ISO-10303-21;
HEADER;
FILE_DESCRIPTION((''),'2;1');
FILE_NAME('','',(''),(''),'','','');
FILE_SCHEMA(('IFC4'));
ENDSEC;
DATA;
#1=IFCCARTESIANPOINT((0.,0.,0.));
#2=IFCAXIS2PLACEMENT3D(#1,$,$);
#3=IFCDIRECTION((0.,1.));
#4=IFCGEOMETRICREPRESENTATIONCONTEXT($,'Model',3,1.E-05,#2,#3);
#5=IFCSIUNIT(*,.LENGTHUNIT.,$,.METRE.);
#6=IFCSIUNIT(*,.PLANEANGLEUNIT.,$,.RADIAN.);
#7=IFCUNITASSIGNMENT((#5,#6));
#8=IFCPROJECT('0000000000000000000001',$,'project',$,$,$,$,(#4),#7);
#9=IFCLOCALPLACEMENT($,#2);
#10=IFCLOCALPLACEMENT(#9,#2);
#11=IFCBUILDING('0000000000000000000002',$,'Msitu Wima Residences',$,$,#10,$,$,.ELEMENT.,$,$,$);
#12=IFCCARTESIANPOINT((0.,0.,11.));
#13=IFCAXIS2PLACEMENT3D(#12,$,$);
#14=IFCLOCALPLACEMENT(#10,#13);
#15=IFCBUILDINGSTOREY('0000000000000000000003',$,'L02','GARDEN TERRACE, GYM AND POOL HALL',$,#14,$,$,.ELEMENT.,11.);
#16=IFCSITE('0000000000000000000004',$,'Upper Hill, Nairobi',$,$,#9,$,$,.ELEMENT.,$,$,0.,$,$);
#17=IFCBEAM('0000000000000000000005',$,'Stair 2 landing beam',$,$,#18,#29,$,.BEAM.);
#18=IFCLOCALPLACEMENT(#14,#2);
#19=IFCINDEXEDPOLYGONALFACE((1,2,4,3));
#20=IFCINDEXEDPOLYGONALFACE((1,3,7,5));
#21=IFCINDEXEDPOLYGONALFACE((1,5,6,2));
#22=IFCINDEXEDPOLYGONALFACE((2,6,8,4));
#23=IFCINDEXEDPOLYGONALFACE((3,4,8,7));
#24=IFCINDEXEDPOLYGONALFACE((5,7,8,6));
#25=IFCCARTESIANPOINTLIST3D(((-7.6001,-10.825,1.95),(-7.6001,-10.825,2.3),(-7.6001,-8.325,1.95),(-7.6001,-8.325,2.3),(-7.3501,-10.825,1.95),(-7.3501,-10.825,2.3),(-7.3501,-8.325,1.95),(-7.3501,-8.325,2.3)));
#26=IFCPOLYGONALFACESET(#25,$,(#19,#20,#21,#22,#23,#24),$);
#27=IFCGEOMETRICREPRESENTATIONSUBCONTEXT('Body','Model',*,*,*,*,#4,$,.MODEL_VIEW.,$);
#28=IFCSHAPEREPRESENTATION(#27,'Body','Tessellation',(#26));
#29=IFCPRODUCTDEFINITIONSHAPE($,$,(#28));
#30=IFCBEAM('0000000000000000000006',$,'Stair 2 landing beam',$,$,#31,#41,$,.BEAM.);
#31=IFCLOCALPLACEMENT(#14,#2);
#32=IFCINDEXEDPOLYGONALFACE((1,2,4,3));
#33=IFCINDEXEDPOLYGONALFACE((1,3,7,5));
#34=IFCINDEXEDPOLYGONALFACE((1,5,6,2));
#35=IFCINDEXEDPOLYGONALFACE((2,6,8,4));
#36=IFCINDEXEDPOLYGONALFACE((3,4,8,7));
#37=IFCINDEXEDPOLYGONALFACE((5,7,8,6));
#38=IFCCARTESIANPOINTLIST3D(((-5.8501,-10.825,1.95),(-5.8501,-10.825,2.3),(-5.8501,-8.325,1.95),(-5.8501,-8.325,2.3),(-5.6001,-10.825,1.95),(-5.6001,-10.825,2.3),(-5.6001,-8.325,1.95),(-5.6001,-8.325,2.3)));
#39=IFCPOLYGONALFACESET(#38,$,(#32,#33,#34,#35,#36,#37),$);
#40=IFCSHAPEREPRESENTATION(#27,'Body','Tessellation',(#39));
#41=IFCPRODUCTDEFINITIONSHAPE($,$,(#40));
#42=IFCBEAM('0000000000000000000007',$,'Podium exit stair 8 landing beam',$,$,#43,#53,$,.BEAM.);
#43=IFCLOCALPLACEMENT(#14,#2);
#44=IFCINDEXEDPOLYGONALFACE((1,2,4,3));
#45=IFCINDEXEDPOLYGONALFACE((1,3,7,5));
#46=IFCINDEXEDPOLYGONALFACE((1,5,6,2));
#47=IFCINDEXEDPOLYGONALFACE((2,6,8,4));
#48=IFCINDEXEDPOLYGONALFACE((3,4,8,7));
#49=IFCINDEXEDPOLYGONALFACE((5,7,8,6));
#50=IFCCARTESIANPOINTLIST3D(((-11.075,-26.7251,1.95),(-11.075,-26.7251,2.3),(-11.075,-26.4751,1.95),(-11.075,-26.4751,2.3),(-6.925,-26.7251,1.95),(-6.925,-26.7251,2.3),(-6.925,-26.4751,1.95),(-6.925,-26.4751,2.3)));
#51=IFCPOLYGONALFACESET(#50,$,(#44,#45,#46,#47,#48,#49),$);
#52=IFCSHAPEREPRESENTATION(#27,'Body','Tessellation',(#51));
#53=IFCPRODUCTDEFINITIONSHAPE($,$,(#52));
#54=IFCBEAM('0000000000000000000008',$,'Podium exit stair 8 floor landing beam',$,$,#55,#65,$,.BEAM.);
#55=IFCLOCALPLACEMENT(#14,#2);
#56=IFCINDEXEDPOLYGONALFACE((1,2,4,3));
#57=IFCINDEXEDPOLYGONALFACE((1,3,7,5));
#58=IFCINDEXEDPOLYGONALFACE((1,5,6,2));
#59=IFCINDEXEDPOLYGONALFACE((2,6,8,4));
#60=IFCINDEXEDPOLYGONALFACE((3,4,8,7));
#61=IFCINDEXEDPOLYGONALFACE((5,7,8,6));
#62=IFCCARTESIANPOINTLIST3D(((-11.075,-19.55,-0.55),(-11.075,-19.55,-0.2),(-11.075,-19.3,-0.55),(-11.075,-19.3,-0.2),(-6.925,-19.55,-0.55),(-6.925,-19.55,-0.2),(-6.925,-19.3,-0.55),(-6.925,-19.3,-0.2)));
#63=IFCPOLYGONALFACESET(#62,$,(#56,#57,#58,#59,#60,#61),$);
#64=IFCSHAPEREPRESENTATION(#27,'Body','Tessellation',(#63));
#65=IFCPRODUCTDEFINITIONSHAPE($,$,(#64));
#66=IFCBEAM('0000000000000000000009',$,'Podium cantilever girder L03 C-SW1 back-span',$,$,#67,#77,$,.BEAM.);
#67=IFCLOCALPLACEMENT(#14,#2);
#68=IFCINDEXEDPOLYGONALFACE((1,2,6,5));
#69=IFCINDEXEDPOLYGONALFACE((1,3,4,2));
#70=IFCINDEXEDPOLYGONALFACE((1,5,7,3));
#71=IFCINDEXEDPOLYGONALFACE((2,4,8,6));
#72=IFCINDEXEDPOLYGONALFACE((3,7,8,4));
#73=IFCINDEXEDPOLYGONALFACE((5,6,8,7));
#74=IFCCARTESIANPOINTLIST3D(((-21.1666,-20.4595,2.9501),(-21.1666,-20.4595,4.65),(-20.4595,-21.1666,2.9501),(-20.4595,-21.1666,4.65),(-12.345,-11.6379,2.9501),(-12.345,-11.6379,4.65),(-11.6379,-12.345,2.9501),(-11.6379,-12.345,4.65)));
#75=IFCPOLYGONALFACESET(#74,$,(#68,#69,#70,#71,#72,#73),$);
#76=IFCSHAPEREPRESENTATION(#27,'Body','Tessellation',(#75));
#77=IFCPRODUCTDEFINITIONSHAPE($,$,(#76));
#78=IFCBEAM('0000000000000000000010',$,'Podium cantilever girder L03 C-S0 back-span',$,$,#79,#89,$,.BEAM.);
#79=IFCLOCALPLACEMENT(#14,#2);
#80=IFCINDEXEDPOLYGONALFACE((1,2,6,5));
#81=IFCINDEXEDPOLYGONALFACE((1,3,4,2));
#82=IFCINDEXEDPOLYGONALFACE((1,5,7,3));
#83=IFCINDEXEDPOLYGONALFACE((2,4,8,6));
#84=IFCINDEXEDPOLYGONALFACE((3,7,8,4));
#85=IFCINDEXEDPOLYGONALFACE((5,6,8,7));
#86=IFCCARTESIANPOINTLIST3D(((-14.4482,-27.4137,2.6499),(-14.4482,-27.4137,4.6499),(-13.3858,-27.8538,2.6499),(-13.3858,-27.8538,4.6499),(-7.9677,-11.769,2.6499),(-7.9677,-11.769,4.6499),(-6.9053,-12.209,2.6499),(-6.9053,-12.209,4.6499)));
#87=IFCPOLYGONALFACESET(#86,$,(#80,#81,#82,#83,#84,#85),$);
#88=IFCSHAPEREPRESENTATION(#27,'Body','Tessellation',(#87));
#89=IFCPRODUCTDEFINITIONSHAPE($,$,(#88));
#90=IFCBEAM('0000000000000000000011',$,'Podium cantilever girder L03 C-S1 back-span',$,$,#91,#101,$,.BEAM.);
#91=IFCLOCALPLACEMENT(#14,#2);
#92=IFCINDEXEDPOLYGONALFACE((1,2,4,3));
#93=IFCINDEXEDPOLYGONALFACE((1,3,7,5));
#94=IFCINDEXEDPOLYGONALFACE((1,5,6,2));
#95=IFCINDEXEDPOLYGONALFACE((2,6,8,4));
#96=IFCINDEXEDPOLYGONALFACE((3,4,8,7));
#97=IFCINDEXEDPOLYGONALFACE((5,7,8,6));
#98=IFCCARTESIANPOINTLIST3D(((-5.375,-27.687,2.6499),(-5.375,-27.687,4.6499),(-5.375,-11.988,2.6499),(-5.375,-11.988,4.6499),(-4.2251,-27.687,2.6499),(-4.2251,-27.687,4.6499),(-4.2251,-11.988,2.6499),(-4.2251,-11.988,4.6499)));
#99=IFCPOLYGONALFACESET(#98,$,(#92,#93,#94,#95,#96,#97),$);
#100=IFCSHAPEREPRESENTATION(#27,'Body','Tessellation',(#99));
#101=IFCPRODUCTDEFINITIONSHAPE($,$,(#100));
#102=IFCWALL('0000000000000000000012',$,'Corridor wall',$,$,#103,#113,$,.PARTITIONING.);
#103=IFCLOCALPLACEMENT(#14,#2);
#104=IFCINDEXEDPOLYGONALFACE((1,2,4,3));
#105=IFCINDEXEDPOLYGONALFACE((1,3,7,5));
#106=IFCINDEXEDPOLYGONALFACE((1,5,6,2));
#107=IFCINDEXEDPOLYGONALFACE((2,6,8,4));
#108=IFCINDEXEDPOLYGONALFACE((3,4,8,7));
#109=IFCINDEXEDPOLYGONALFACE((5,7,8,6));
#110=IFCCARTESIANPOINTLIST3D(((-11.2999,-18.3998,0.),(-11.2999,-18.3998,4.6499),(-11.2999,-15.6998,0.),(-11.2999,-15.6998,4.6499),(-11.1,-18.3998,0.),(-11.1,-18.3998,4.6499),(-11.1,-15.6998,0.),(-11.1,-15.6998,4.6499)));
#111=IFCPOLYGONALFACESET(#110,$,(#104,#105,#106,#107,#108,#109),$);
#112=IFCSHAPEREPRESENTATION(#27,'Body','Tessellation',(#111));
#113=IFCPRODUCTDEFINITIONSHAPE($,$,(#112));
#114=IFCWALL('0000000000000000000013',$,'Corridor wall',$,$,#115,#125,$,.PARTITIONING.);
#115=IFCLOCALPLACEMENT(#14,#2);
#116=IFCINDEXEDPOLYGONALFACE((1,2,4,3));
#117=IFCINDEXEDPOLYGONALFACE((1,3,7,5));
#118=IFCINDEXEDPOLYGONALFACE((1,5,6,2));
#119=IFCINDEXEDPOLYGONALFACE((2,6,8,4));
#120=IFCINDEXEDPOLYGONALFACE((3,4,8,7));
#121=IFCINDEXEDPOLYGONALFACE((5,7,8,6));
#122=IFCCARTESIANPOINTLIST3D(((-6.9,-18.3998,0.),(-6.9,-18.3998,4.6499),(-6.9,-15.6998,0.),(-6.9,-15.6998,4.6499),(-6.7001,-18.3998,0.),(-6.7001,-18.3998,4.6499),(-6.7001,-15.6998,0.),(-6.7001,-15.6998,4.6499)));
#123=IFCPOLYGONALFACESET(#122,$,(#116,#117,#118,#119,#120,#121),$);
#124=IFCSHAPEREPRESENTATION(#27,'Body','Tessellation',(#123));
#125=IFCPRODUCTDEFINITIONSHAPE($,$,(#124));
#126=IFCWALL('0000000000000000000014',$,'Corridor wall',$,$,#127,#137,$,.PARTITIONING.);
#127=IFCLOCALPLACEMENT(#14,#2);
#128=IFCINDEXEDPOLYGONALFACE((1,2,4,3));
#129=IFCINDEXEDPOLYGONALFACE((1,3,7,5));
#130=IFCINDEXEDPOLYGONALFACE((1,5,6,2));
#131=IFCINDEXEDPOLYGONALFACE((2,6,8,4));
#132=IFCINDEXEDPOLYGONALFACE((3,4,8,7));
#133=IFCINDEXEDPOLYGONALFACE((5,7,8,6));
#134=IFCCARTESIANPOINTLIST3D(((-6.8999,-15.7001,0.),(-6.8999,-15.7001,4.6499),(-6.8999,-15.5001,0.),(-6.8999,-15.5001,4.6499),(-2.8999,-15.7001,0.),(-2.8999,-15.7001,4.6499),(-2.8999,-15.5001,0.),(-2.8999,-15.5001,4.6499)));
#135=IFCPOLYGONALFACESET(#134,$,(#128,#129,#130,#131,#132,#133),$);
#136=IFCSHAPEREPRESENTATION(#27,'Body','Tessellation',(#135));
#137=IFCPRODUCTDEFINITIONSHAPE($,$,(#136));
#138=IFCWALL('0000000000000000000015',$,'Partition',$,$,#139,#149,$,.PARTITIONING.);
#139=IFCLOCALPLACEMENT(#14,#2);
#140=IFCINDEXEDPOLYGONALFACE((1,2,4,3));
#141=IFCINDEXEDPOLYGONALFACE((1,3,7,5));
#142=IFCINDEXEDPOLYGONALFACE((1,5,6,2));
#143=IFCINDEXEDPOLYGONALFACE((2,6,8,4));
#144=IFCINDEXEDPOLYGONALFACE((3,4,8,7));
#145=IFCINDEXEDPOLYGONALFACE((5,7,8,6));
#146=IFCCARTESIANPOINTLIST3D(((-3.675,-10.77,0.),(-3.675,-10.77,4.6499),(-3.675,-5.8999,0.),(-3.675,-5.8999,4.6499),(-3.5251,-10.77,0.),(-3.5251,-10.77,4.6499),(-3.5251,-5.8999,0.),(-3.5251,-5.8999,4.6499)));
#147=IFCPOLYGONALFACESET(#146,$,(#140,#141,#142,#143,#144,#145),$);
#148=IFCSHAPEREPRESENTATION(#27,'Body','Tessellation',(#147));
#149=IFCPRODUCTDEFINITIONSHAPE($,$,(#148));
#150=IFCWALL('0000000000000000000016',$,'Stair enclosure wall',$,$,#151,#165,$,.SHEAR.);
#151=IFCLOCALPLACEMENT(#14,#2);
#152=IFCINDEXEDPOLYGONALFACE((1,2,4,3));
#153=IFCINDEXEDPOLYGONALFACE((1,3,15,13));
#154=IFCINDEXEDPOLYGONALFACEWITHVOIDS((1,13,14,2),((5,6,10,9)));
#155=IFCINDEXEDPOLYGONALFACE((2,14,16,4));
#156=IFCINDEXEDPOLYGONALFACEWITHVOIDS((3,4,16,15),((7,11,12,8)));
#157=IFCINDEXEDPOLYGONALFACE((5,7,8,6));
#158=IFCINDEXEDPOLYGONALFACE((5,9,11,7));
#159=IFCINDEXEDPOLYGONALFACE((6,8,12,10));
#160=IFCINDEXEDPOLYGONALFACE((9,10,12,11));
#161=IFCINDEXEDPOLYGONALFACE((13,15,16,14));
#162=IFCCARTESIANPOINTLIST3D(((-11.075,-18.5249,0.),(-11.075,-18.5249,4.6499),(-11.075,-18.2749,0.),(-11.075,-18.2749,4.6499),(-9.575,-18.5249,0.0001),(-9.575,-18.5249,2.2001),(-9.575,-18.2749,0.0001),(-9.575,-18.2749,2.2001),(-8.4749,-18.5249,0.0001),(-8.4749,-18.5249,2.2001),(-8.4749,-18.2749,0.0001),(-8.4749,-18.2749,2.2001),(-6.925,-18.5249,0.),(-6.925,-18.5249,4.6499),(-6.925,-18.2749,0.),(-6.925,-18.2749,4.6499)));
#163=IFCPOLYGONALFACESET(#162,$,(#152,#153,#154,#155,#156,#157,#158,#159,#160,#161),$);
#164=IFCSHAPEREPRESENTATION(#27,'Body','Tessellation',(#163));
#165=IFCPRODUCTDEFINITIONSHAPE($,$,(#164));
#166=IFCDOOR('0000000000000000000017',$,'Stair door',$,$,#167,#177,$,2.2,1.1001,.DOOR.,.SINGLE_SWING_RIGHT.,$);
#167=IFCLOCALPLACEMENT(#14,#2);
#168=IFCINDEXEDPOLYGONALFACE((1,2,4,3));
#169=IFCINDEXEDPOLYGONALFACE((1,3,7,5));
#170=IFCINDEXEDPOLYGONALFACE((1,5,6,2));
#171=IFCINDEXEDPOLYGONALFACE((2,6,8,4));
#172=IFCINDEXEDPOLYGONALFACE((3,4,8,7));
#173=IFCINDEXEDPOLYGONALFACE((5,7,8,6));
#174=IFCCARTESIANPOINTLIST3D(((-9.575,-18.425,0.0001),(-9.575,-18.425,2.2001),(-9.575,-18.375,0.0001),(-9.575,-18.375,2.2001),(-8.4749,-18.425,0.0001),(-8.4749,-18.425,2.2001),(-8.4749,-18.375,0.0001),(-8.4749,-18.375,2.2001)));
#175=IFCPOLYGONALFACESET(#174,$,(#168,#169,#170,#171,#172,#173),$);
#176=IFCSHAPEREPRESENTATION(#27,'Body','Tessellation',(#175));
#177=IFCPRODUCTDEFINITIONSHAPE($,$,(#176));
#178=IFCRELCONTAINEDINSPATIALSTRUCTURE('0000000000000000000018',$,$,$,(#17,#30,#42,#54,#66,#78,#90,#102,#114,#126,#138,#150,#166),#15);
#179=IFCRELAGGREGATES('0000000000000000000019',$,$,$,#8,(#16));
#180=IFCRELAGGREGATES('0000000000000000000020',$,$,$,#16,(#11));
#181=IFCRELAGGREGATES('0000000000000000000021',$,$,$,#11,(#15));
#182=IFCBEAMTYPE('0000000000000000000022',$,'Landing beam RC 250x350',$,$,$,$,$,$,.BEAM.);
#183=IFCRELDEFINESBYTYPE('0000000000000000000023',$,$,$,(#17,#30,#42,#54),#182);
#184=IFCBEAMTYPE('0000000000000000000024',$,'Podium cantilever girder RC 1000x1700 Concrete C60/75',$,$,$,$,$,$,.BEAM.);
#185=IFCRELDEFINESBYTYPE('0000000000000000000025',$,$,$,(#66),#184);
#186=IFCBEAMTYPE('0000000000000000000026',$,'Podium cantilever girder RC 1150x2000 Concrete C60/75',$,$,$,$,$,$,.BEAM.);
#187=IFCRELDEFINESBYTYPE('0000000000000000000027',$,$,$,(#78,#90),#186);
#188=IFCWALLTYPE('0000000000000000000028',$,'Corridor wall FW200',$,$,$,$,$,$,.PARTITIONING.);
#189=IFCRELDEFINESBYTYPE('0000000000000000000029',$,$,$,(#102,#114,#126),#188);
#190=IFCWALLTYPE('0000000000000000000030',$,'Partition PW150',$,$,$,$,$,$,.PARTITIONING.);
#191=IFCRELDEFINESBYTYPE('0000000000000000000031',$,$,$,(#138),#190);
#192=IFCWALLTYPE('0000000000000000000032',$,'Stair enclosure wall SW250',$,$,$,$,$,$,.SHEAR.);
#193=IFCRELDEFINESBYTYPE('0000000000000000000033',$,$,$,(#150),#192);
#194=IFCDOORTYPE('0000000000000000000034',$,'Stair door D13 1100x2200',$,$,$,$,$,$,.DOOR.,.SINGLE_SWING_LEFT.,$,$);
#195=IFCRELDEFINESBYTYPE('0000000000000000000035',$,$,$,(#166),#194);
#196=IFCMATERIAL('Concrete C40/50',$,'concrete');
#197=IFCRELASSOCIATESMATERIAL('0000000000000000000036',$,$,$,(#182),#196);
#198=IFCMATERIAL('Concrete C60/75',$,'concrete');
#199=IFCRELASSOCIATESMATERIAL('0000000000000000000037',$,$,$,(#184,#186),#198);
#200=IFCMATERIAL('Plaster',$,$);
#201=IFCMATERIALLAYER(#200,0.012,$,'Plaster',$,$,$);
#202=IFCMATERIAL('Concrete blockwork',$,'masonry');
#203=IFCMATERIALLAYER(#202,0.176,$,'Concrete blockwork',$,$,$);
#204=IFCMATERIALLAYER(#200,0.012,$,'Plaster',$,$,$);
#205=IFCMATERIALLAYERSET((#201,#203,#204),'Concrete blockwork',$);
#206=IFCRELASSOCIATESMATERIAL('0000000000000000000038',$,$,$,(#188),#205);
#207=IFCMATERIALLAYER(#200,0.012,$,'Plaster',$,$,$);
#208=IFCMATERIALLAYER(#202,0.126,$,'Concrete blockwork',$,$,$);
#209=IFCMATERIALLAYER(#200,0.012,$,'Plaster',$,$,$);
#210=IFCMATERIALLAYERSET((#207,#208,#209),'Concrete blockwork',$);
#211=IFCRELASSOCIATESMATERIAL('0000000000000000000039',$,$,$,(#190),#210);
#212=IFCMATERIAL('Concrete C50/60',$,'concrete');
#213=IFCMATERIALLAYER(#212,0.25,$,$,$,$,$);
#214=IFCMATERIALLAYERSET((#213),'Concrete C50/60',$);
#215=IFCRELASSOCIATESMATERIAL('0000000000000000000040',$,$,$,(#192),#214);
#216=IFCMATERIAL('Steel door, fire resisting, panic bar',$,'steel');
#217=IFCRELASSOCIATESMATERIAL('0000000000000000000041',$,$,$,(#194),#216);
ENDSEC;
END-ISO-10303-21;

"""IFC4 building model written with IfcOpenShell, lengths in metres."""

from ifc_helpers import new_model, si_unit, direction, frame, frame_2d, origin, origin_2d, place, context, subcontext, project, spatial, rectangle, extrude, material, layer, layer_set, material_profile, profile_set, type_object, element, fill, save


model = new_model("IFC4")

# Units and contexts
model_context = context("Model", 3, precision=1e-05, world=origin(), true_north=direction((0.0, 1.0)))
body_context = subcontext(model_context, "Body", "Model", "MODEL_VIEW")
ifc_project = project(units=[si_unit("LENGTHUNIT", "METRE"), si_unit("PLANEANGLEUNIT", "RADIAN")], contexts=[model_context])

# Site, building, storey
site_placement = place(None, origin())
site = spatial("IfcSite", under=ifc_project, at=site_placement, Name="Upper Hill, Nairobi", CompositionType="ELEMENT", RefElevation=0.0)
building_placement = place(site_placement, origin())
building = spatial("IfcBuilding", under=site, at=building_placement, Name="Msitu Wima Residences", CompositionType="ELEMENT")
storey_placement = place(building_placement, frame((0.0, 0.0, 11.0)))
storey = spatial("IfcBuildingStorey", under=building, at=storey_placement, Name="L02", Description="GARDEN TERRACE, GYM AND POOL HALL", CompositionType="ELEMENT", Elevation=11.0)

# Beams
ifc_material_1 = material(Name="Concrete C40/50", Category="concrete")
ifc_material_profile_1 = material_profile(ifc_material_1, rectangle(XDim=0.25, YDim=0.3501, at=origin_2d()), Name="RC 250x350")
ifc_profile_set_1 = profile_set([ifc_material_profile_1], Name="Concrete C40/50")
beam_type_1 = type_object("IfcBeamType", Name="Landing beam RC 250x350", PredefinedType="BEAM", material=ifc_profile_set_1)
for number, where, z_axis, x_axis, name in (
    (1, (-7.4751, -10.825, 2.125), (0.0, 1.0, 0.0), (-1.0, 0.0, 0.0), "Stair 2 landing beam"),
    (2, (-5.7251, -10.825, 2.125), (0.0, 1.0, 0.0), (-1.0, 0.0, 0.0), "Stair 2 landing beam"),
):
    element("IfcBeam", number, at=place(storey_placement, frame(where, z_axis=z_axis, x_axis=x_axis)), inside=storey, type_object=beam_type_1, Name=name, PredefinedType="BEAM", context=body_context, shape_type="SweptSolid", body=[
        extrude(rectangle(XDim=0.25, YDim=0.3501, at=origin_2d()), origin(), (0.0, 0.0, 1.0), 2.5),
    ])
for number, where, z_axis, x_axis, name in (
    (3, (-6.925, -26.6001, 2.125), (-1.0, 0.0, 0.0), (0.0, -1.0, 0.0), "Podium exit stair 8 landing beam"),
    (4, (-6.925, -19.425, -0.375), (-1.0, 0.0, 0.0), (0.0, -1.0, 0.0), "Podium exit stair 8 floor landing beam"),
):
    element("IfcBeam", number, at=place(storey_placement, frame(where, z_axis=z_axis, x_axis=x_axis)), inside=storey, type_object=beam_type_1, Name=name, PredefinedType="BEAM", context=body_context, shape_type="SweptSolid", body=[
        extrude(rectangle(XDim=0.25, YDim=0.3501, at=origin_2d()), origin(), (0.0, 0.0, 1.0), 4.1499),
    ])
ifc_material_2 = material(Name="Concrete C60/75", Category="concrete")
ifc_material_profile_2 = material_profile(ifc_material_2, rectangle(XDim=1.0, YDim=1.7, at=origin_2d()), Name="RC 1000x1700")
ifc_profile_set_2 = profile_set([ifc_material_profile_2], Name="Concrete C60/75")
beam_type_2 = type_object("IfcBeamType", Name="Podium cantilever girder RC 1000x1700 Concrete C60/75", PredefinedType="BEAM", material=ifc_profile_set_2)
beam_1_placement = place(storey_placement, frame((-11.9915, -11.9915, 3.8), z_axis=(-0.707107, -0.707107, 0.0), x_axis=(0.707107, -0.707107, 0.0)))
element("IfcBeam", 5, at=beam_1_placement, inside=storey, type_object=beam_type_2, Name="Podium cantilever girder L03 C-SW1 back-span", PredefinedType="BEAM", context=body_context, shape_type="SweptSolid", body=[
    extrude(rectangle(XDim=1.0, YDim=1.7, at=origin_2d()), origin(), (0.0, 0.0, 1.0), 12.4756),
])
ifc_material_profile_3 = material_profile(ifc_material_2, rectangle(XDim=1.1499, YDim=2.0, at=origin_2d()), Name="RC 1150x2000")
ifc_profile_set_3 = profile_set([ifc_material_profile_3], Name="Concrete C60/75")
beam_type_3 = type_object("IfcBeamType", Name="Podium cantilever girder RC 1150x2000 Concrete C60/75", PredefinedType="BEAM", material=ifc_profile_set_3)
beam_2_placement = place(storey_placement, frame((-7.4365, -11.989, 3.6499), z_axis=(-0.382693, -0.923876, 0.0), x_axis=(0.923876, -0.382693, 0.0)))
element("IfcBeam", 6, at=beam_2_placement, inside=storey, type_object=beam_type_3, Name="Podium cantilever girder L03 C-S0 back-span", PredefinedType="BEAM", context=body_context, shape_type="SweptSolid", body=[
    extrude(rectangle(XDim=1.1499, YDim=2.0, at=origin_2d()), origin(), (0.0, 0.0, 1.0), 16.9338),
])
beam_3_placement = place(storey_placement, frame((-4.8, -11.988, 3.6499), z_axis=(0.0, -1.0, 0.0), x_axis=(1.0, 0.0, 0.0)))
element("IfcBeam", 7, at=beam_3_placement, inside=storey, type_object=beam_type_3, Name="Podium cantilever girder L03 C-S1 back-span", PredefinedType="BEAM", context=body_context, shape_type="SweptSolid", body=[
    extrude(rectangle(XDim=1.1499, YDim=2.0, at=origin_2d()), origin(), (0.0, 0.0, 1.0), 15.699),
])

# Walls
ifc_material_3 = material(Name="Plaster")
ifc_layer_1 = layer(ifc_material_3, 0.012, Name="Plaster")
ifc_material_4 = material(Name="Concrete blockwork", Category="masonry")
ifc_layer_2 = layer(ifc_material_4, 0.176, Name="Concrete blockwork")
ifc_layer_3 = layer(ifc_material_3, 0.012, Name="Plaster")
ifc_layer_set_1 = layer_set([ifc_layer_1, ifc_layer_2, ifc_layer_3], Name="Concrete blockwork")
wall_type_1 = type_object("IfcWallType", Name="Corridor wall FW200", PredefinedType="PARTITIONING", material=ifc_layer_set_1)
for number, where, z_axis, x_axis, name in (
    (8, (-11.2, -18.3999, 0.0), (0.0, 0.0, 1.0), (0.0, 1.0, 0.0), "Corridor wall"),
    (9, (-6.8, -18.3999, 0.0), (0.0, 0.0, 1.0), (0.0, 1.0, 0.0), "Corridor wall"),
):
    element("IfcWall", number, at=place(storey_placement, frame(where, z_axis=z_axis, x_axis=x_axis)), inside=storey, type_object=wall_type_1, Name=name, PredefinedType="PARTITIONING", context=body_context, shape_type="SweptSolid", body=[
        extrude(rectangle(XDim=2.7, YDim=0.2, at=frame_2d((1.3501, 0.0))), origin(), (0.0, 0.0, 1.0), 4.6499),
    ])
wall_1_placement = place(storey_placement, frame((-6.8999, -15.6001, 0.0), z_axis=(0.0, 0.0, 1.0), x_axis=(1.0, 0.0, 0.0)))
element("IfcWall", 10, at=wall_1_placement, inside=storey, type_object=wall_type_1, Name="Corridor wall", PredefinedType="PARTITIONING", context=body_context, shape_type="SweptSolid", body=[
    extrude(rectangle(XDim=4.0, YDim=0.2, at=frame_2d((2.0, 0.0))), origin(), (0.0, 0.0, 1.0), 4.6499),
])
ifc_layer_4 = layer(ifc_material_3, 0.012, Name="Plaster")
ifc_layer_5 = layer(ifc_material_4, 0.126, Name="Concrete blockwork")
ifc_layer_6 = layer(ifc_material_3, 0.012, Name="Plaster")
ifc_layer_set_2 = layer_set([ifc_layer_4, ifc_layer_5, ifc_layer_6], Name="Concrete blockwork")
wall_type_2 = type_object("IfcWallType", Name="Partition PW150", PredefinedType="PARTITIONING", material=ifc_layer_set_2)
wall_2_placement = place(storey_placement, frame((-3.6001, -10.77, 0.0), z_axis=(0.0, 0.0, 1.0), x_axis=(0.0, 1.0, 0.0)))
element("IfcWall", 11, at=wall_2_placement, inside=storey, type_object=wall_type_2, Name="Partition", PredefinedType="PARTITIONING", context=body_context, shape_type="SweptSolid", body=[
    extrude(rectangle(XDim=4.8701, YDim=0.1499, at=frame_2d((2.4351, 0.0))), origin(), (0.0, 0.0, 1.0), 4.6499),
])

# Wall, opening, door
ifc_material_5 = material(Name="Concrete C50/60", Category="concrete")
ifc_layer_7 = layer(ifc_material_5, 0.25)
ifc_layer_set_3 = layer_set([ifc_layer_7], Name="Concrete C50/60")
wall_type_3 = type_object("IfcWallType", Name="Stair enclosure wall SW250", PredefinedType="SHEAR", material=ifc_layer_set_3)
wall_3_placement = place(storey_placement, frame((-11.075, -18.3999, 0.0), z_axis=(0.0, 0.0, 1.0), x_axis=(1.0, 0.0, 0.0)))
wall_3 = element("IfcWall", 12, at=wall_3_placement, inside=storey, type_object=wall_type_3, Name="Stair enclosure wall", PredefinedType="SHEAR", context=body_context, shape_type="SweptSolid", body=[
    extrude(rectangle(XDim=4.1499, YDim=0.25, at=frame_2d((2.075, 0.0))), origin(), (0.0, 0.0, 1.0), 4.6499),
])
opening_1_placement = place(wall_3_placement, frame((1.5, 0.0, 0.0)))
opening_1 = element("IfcOpeningElement", 13, at=opening_1_placement, cuts=wall_3, PredefinedType="OPENING", context=body_context, shape_type="SweptSolid", body=[
    extrude(rectangle(XDim=1.1001, YDim=2.2, at=frame_2d((0.55, 1.1001))), frame((0.0, 0.135, 0.0), z_axis=(0.0, -1.0, 0.0), x_axis=(1.0, 0.0, 0.0)), (0.0, 0.0, 1.0), 0.27),
])
ifc_material_6 = material(Name="Steel door, fire resisting, panic bar", Category="steel")
door_type_1 = type_object("IfcDoorType", Name="Stair door D13 1100x2200", OperationType="SINGLE_SWING_LEFT", PredefinedType="DOOR", material=ifc_material_6)
door_1_placement = place(opening_1_placement, origin())
door_1 = element("IfcDoor", 14, at=door_1_placement, inside=storey, type_object=door_type_1, Name="Stair door", OperationType="SINGLE_SWING_RIGHT", OverallHeight=2.2, OverallWidth=1.1001, PredefinedType="DOOR", context=body_context, shape_type="SweptSolid", body=[
    extrude(rectangle(XDim=1.1001, YDim=2.2, at=frame_2d((0.55, 1.1001))), frame((0.0, 0.0249, 0.0), z_axis=(0.0, -1.0, 0.0), x_axis=(1.0, 0.0, 0.0)), (0.0, 0.0, 1.0), 0.05),
])
fill(opening_1, door_1)

save(model, "model.ifc")
